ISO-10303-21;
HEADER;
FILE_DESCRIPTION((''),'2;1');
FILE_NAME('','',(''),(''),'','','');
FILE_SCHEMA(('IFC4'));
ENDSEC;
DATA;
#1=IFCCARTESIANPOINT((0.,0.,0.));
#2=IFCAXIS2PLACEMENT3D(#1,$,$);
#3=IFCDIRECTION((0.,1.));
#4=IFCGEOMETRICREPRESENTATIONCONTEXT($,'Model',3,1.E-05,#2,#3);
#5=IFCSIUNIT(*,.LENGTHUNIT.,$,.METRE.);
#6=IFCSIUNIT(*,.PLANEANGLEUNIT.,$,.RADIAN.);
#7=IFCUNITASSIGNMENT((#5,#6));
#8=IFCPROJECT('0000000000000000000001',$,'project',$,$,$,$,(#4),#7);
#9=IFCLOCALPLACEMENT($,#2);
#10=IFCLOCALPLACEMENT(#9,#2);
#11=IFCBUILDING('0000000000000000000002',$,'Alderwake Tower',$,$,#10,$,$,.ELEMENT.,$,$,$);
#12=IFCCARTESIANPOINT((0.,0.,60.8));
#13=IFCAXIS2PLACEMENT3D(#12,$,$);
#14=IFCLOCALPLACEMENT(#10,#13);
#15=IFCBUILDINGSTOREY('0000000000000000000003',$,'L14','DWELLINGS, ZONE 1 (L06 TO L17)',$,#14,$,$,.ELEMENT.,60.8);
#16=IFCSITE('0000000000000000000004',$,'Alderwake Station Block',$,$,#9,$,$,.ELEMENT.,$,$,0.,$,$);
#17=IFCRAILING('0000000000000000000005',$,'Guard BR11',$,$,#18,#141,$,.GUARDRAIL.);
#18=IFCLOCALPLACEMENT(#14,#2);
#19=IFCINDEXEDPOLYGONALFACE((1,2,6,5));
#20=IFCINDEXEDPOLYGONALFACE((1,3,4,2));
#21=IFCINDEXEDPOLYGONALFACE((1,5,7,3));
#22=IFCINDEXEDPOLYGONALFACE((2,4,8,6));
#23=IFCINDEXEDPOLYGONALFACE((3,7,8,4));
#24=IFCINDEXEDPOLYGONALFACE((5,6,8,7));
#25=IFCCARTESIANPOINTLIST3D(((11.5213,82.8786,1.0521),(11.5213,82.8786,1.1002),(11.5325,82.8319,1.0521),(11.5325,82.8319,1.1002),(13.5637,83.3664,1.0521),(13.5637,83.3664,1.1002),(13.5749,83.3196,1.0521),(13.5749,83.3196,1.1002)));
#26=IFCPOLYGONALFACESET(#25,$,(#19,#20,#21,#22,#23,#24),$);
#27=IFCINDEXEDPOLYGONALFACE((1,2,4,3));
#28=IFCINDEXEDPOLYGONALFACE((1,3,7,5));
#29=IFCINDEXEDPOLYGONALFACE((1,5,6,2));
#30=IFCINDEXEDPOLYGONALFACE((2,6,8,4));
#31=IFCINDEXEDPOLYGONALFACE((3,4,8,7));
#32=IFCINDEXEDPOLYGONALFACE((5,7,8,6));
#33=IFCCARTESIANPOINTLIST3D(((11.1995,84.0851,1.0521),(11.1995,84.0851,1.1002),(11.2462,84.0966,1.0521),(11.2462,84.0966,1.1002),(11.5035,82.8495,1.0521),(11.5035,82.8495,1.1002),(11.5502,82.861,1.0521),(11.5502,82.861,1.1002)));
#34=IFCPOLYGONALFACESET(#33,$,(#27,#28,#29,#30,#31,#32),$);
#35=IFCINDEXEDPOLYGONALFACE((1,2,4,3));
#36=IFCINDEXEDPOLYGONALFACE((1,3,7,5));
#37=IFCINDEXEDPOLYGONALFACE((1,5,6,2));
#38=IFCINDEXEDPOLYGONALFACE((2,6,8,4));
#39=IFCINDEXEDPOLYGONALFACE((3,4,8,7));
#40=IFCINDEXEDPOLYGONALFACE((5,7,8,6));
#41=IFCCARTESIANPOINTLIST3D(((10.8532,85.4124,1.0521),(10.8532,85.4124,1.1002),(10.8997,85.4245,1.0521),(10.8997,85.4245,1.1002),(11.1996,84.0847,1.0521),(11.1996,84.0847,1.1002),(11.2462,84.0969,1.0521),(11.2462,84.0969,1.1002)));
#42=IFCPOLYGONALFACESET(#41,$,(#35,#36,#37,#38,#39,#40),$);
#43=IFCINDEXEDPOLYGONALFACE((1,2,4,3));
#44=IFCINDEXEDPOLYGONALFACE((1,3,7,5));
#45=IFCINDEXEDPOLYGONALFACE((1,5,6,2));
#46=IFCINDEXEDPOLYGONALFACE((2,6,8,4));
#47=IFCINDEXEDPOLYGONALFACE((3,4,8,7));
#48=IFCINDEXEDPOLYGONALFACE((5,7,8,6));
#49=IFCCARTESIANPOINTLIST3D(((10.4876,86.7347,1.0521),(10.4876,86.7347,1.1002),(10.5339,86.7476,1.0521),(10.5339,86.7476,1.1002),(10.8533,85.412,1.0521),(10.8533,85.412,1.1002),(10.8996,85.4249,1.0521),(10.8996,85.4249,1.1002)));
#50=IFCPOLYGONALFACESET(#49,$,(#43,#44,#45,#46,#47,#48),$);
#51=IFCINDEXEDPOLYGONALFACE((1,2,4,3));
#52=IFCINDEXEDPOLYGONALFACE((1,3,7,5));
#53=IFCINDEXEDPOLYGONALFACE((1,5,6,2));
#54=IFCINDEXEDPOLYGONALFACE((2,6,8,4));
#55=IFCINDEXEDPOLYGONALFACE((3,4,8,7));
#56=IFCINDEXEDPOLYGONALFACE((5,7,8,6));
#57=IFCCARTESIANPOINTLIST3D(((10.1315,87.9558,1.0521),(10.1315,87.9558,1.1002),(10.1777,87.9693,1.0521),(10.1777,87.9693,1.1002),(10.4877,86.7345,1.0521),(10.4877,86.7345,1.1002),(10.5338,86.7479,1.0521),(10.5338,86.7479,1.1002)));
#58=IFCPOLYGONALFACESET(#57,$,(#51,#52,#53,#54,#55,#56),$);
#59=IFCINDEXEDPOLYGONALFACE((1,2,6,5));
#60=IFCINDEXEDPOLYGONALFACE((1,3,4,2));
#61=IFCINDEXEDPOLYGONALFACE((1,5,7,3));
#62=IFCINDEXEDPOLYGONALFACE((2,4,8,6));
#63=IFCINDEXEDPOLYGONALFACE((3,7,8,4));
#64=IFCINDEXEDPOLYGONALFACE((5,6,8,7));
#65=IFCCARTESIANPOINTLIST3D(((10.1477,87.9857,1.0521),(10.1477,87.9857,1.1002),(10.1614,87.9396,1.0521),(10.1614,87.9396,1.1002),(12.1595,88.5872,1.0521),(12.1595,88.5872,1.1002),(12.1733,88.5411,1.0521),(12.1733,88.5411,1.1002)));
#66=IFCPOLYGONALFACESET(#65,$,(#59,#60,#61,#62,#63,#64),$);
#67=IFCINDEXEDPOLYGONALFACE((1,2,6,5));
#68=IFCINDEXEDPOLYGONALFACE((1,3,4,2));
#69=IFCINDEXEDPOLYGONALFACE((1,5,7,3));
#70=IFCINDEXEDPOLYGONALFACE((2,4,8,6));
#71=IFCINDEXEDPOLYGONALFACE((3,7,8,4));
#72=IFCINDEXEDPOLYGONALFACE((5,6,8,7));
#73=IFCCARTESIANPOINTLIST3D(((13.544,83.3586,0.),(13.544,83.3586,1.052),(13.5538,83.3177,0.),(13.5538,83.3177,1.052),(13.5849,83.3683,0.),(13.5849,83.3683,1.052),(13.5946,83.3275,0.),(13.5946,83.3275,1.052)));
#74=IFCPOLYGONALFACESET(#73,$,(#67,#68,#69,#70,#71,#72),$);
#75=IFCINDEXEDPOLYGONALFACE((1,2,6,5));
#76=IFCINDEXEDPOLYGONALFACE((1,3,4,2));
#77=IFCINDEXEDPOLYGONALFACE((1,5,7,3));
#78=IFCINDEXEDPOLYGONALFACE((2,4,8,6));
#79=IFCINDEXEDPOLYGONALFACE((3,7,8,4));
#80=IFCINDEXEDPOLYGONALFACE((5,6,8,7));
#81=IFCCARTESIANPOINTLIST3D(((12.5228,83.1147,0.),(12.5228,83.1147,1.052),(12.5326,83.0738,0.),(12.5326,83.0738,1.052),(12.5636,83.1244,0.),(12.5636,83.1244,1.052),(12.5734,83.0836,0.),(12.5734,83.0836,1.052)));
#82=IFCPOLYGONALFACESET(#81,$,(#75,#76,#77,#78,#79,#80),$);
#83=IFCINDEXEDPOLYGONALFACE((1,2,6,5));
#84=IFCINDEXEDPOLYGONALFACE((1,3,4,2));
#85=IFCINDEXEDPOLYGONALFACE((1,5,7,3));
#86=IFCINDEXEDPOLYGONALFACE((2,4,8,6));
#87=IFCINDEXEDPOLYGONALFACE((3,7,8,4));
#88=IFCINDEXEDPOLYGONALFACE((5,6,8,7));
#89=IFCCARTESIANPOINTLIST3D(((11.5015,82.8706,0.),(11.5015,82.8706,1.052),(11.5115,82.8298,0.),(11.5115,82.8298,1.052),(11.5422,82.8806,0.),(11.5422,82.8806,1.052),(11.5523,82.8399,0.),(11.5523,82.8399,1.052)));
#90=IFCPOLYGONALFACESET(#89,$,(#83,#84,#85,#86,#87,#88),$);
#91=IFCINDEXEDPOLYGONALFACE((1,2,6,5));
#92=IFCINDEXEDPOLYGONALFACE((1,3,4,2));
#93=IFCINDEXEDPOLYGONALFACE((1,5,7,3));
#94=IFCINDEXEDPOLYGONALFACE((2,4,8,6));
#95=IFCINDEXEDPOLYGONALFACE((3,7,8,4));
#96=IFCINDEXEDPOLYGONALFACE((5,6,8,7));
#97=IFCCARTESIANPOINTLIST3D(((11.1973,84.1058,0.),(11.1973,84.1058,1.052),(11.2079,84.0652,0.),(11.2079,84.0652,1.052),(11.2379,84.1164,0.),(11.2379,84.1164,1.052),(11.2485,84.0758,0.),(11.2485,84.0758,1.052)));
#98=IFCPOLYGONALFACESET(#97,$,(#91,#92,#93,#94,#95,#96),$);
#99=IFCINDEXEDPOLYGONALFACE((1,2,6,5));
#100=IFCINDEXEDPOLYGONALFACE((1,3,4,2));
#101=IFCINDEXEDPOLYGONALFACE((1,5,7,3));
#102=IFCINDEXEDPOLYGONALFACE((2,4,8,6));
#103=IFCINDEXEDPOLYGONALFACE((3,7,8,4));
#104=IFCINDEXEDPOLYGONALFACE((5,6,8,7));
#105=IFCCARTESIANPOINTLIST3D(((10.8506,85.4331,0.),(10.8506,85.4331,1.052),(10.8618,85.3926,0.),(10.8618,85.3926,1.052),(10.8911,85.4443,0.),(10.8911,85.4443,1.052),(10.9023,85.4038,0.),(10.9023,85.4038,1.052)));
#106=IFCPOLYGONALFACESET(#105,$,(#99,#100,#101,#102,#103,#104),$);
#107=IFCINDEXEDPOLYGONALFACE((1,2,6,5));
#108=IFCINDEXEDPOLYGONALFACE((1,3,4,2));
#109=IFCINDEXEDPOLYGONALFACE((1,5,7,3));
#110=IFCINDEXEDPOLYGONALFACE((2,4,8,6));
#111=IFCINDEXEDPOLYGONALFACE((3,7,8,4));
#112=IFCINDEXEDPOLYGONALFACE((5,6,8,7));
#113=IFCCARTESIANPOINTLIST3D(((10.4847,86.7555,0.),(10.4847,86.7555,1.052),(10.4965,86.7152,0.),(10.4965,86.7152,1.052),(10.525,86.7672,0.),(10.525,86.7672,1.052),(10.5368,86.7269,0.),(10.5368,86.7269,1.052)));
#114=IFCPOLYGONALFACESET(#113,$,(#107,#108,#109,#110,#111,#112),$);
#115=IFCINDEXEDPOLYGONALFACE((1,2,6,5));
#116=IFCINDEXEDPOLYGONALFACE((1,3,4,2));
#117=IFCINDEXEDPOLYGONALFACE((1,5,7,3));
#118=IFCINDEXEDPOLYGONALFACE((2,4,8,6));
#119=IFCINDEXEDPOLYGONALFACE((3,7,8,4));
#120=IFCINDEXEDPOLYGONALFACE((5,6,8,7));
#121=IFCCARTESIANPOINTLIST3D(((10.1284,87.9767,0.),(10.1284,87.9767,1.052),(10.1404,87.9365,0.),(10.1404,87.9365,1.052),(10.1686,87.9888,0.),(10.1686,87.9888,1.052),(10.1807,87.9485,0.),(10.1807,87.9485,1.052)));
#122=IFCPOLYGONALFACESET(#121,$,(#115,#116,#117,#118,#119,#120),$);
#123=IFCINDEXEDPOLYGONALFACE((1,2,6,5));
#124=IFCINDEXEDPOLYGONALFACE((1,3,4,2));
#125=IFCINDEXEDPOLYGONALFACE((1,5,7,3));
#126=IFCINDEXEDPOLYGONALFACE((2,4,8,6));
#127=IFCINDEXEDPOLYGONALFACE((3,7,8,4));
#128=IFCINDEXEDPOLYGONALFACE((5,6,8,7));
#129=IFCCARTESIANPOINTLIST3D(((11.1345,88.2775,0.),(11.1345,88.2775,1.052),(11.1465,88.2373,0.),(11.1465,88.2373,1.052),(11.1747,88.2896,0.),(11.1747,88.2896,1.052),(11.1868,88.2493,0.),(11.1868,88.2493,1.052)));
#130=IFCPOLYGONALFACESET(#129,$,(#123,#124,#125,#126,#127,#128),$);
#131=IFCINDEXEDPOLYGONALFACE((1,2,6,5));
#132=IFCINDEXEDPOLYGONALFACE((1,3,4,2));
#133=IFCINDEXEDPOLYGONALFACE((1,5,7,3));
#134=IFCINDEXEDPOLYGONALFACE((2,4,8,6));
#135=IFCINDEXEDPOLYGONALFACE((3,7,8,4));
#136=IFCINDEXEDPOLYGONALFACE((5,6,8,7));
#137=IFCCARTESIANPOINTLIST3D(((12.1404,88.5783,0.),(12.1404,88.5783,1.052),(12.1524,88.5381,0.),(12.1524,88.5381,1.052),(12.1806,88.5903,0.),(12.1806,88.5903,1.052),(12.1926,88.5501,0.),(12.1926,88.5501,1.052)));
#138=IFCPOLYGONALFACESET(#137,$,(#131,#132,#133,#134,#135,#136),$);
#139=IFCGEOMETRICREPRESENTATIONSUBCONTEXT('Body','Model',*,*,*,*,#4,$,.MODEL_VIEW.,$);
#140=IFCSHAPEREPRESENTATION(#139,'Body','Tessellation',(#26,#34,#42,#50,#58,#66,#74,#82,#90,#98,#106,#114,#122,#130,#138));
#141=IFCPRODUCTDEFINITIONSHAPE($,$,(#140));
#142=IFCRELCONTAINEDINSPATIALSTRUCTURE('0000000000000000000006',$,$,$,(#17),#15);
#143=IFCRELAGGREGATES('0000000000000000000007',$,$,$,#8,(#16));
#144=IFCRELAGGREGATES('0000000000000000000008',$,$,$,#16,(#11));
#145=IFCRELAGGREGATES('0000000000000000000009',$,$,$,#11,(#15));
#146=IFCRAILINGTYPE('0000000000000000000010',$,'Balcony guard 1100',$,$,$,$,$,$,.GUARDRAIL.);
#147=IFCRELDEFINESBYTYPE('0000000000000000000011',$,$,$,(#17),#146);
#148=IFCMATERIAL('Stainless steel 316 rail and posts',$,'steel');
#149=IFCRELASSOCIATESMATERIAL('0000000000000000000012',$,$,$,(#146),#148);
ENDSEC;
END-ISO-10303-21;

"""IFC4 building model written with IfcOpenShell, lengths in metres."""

from ifc_helpers import new_model, si_unit, direction, frame, origin, origin_2d, place, context, subcontext, project, spatial, rectangle, extrude, material, type_object, element, save


model = new_model("IFC4")

# Units and contexts
model_context = context("Model", 3, precision=1e-05, world=origin(), true_north=direction((0.0, 1.0)))
body_context = subcontext(model_context, "Body", "Model", "MODEL_VIEW")
ifc_project = project(units=[si_unit("LENGTHUNIT", "METRE"), si_unit("PLANEANGLEUNIT", "RADIAN")], contexts=[model_context])

# Site, building, storey
site_placement = place(None, origin())
site = spatial("IfcSite", under=ifc_project, at=site_placement, Name="Alderwake Station Block", CompositionType="ELEMENT", RefElevation=0.0)
building_placement = place(site_placement, origin())
building = spatial("IfcBuilding", under=site, at=building_placement, Name="Alderwake Tower", CompositionType="ELEMENT")
storey_placement = place(building_placement, frame((0.0, 0.0, 60.8)))
storey = spatial("IfcBuildingStorey", under=building, at=storey_placement, Name="L14", Description="DWELLINGS, ZONE 1 (L06 TO L17)", CompositionType="ELEMENT", Elevation=60.8)

# Railing
ifc_material_1 = material(Name="Stainless steel 316 rail and posts", Category="steel")
railing_type = type_object("IfcRailingType", Name="Balcony guard 1100", PredefinedType="GUARDRAIL", material=ifc_material_1)
railing_1_placement = place(storey_placement, frame((13.5693, 83.343, 0.0)))
element("IfcRailing", 1, at=railing_1_placement, inside=storey, type_object=railing_type, Name="Guard BR11", PredefinedType="GUARDRAIL", context=body_context, shape_type="SweptSolid", body=[
    extrude(rectangle(XDim=0.0481, YDim=0.0481, at=origin_2d()), frame((0.0, 0.0, 1.0762), z_axis=(-0.972646, -0.232291, 0.0), x_axis=(0.232291, -0.972646, 0.0)), (0.0, 0.0, 1.0), 2.0999),
    extrude(rectangle(XDim=0.0481, YDim=0.0481, at=origin_2d()), frame((-2.0425, -0.4878, 1.0762), z_axis=(-0.238877, 0.97105, 0.0), x_axis=(-0.97105, -0.238877, 0.0)), (0.0, 0.0, 1.0), 1.2725),
    extrude(rectangle(XDim=0.0481, YDim=0.0481, at=origin_2d()), frame((-2.3464, 0.7478, 1.0762), z_axis=(-0.252487, 0.9676, 0.0), x_axis=(-0.9676, -0.252487, 0.0)), (0.0, 0.0, 1.0), 1.3721),
    extrude(rectangle(XDim=0.0481, YDim=0.0481, at=origin_2d()), frame((-2.6929, 2.0754, 1.0762), z_axis=(-0.266488, 0.963838, 0.0), x_axis=(-0.963838, -0.266488, 0.0)), (0.0, 0.0, 1.0), 1.3723),
    extrude(rectangle(XDim=0.0481, YDim=0.0481, at=origin_2d()), frame((-3.0586, 3.3982, 1.0762), z_axis=(-0.279963, 0.960011, 0.0), x_axis=(-0.960011, -0.279963, 0.0)), (0.0, 0.0, 1.0), 1.2722),
    extrude(rectangle(XDim=0.0481, YDim=0.0481, at=origin_2d()), frame((-3.4148, 4.6196, 1.0762), z_axis=(0.958091, 0.286462, 0.0), x_axis=(-0.286462, 0.958091, 0.0)), (0.0, 0.0, 1.0), 2.0999),
    extrude(rectangle(XDim=0.042, YDim=0.042, at=origin_2d()), frame((0.0, 0.0, 0.0), z_axis=(0.0, 0.0, 1.0), x_axis=(-0.972646, -0.232291, 0.0)), (0.0, 0.0, 1.0), 1.052),
    extrude(rectangle(XDim=0.042, YDim=0.042, at=origin_2d()), frame((-1.0212, -0.2439, 0.0), z_axis=(0.0, 0.0, 1.0), x_axis=(-0.972646, -0.232291, 0.0)), (0.0, 0.0, 1.0), 1.052),
    extrude(rectangle(XDim=0.042, YDim=0.042, at=origin_2d()), frame((-2.0425, -0.4878, 0.0), z_axis=(0.0, 0.0, 1.0), x_axis=(-0.238877, 0.97105, 0.0)), (0.0, 0.0, 1.0), 1.052),
    extrude(rectangle(XDim=0.042, YDim=0.042, at=origin_2d()), frame((-2.3464, 0.7478, 0.0), z_axis=(0.0, 0.0, 1.0), x_axis=(-0.252487, 0.9676, 0.0)), (0.0, 0.0, 1.0), 1.052),
    extrude(rectangle(XDim=0.042, YDim=0.042, at=origin_2d()), frame((-2.6929, 2.0754, 0.0), z_axis=(0.0, 0.0, 1.0), x_axis=(-0.266488, 0.963838, 0.0)), (0.0, 0.0, 1.0), 1.052),
    extrude(rectangle(XDim=0.042, YDim=0.042, at=origin_2d()), frame((-3.0586, 3.3982, 0.0), z_axis=(0.0, 0.0, 1.0), x_axis=(-0.279963, 0.960011, 0.0)), (0.0, 0.0, 1.0), 1.052),
    extrude(rectangle(XDim=0.042, YDim=0.042, at=origin_2d()), frame((-3.4148, 4.6196, 0.0), z_axis=(0.0, 0.0, 1.0), x_axis=(0.958091, 0.286462, 0.0)), (0.0, 0.0, 1.0), 1.052),
    extrude(rectangle(XDim=0.042, YDim=0.042, at=origin_2d()), frame((-2.4087, 4.9204, 0.0), z_axis=(0.0, 0.0, 1.0), x_axis=(0.958091, 0.286462, 0.0)), (0.0, 0.0, 1.0), 1.052),
    extrude(rectangle(XDim=0.042, YDim=0.042, at=origin_2d()), frame((-1.4028, 5.2212, 0.0), z_axis=(0.0, 0.0, 1.0), x_axis=(0.958091, 0.286462, 0.0)), (0.0, 0.0, 1.0), 1.052),
])

save(model, "model.ifc")
